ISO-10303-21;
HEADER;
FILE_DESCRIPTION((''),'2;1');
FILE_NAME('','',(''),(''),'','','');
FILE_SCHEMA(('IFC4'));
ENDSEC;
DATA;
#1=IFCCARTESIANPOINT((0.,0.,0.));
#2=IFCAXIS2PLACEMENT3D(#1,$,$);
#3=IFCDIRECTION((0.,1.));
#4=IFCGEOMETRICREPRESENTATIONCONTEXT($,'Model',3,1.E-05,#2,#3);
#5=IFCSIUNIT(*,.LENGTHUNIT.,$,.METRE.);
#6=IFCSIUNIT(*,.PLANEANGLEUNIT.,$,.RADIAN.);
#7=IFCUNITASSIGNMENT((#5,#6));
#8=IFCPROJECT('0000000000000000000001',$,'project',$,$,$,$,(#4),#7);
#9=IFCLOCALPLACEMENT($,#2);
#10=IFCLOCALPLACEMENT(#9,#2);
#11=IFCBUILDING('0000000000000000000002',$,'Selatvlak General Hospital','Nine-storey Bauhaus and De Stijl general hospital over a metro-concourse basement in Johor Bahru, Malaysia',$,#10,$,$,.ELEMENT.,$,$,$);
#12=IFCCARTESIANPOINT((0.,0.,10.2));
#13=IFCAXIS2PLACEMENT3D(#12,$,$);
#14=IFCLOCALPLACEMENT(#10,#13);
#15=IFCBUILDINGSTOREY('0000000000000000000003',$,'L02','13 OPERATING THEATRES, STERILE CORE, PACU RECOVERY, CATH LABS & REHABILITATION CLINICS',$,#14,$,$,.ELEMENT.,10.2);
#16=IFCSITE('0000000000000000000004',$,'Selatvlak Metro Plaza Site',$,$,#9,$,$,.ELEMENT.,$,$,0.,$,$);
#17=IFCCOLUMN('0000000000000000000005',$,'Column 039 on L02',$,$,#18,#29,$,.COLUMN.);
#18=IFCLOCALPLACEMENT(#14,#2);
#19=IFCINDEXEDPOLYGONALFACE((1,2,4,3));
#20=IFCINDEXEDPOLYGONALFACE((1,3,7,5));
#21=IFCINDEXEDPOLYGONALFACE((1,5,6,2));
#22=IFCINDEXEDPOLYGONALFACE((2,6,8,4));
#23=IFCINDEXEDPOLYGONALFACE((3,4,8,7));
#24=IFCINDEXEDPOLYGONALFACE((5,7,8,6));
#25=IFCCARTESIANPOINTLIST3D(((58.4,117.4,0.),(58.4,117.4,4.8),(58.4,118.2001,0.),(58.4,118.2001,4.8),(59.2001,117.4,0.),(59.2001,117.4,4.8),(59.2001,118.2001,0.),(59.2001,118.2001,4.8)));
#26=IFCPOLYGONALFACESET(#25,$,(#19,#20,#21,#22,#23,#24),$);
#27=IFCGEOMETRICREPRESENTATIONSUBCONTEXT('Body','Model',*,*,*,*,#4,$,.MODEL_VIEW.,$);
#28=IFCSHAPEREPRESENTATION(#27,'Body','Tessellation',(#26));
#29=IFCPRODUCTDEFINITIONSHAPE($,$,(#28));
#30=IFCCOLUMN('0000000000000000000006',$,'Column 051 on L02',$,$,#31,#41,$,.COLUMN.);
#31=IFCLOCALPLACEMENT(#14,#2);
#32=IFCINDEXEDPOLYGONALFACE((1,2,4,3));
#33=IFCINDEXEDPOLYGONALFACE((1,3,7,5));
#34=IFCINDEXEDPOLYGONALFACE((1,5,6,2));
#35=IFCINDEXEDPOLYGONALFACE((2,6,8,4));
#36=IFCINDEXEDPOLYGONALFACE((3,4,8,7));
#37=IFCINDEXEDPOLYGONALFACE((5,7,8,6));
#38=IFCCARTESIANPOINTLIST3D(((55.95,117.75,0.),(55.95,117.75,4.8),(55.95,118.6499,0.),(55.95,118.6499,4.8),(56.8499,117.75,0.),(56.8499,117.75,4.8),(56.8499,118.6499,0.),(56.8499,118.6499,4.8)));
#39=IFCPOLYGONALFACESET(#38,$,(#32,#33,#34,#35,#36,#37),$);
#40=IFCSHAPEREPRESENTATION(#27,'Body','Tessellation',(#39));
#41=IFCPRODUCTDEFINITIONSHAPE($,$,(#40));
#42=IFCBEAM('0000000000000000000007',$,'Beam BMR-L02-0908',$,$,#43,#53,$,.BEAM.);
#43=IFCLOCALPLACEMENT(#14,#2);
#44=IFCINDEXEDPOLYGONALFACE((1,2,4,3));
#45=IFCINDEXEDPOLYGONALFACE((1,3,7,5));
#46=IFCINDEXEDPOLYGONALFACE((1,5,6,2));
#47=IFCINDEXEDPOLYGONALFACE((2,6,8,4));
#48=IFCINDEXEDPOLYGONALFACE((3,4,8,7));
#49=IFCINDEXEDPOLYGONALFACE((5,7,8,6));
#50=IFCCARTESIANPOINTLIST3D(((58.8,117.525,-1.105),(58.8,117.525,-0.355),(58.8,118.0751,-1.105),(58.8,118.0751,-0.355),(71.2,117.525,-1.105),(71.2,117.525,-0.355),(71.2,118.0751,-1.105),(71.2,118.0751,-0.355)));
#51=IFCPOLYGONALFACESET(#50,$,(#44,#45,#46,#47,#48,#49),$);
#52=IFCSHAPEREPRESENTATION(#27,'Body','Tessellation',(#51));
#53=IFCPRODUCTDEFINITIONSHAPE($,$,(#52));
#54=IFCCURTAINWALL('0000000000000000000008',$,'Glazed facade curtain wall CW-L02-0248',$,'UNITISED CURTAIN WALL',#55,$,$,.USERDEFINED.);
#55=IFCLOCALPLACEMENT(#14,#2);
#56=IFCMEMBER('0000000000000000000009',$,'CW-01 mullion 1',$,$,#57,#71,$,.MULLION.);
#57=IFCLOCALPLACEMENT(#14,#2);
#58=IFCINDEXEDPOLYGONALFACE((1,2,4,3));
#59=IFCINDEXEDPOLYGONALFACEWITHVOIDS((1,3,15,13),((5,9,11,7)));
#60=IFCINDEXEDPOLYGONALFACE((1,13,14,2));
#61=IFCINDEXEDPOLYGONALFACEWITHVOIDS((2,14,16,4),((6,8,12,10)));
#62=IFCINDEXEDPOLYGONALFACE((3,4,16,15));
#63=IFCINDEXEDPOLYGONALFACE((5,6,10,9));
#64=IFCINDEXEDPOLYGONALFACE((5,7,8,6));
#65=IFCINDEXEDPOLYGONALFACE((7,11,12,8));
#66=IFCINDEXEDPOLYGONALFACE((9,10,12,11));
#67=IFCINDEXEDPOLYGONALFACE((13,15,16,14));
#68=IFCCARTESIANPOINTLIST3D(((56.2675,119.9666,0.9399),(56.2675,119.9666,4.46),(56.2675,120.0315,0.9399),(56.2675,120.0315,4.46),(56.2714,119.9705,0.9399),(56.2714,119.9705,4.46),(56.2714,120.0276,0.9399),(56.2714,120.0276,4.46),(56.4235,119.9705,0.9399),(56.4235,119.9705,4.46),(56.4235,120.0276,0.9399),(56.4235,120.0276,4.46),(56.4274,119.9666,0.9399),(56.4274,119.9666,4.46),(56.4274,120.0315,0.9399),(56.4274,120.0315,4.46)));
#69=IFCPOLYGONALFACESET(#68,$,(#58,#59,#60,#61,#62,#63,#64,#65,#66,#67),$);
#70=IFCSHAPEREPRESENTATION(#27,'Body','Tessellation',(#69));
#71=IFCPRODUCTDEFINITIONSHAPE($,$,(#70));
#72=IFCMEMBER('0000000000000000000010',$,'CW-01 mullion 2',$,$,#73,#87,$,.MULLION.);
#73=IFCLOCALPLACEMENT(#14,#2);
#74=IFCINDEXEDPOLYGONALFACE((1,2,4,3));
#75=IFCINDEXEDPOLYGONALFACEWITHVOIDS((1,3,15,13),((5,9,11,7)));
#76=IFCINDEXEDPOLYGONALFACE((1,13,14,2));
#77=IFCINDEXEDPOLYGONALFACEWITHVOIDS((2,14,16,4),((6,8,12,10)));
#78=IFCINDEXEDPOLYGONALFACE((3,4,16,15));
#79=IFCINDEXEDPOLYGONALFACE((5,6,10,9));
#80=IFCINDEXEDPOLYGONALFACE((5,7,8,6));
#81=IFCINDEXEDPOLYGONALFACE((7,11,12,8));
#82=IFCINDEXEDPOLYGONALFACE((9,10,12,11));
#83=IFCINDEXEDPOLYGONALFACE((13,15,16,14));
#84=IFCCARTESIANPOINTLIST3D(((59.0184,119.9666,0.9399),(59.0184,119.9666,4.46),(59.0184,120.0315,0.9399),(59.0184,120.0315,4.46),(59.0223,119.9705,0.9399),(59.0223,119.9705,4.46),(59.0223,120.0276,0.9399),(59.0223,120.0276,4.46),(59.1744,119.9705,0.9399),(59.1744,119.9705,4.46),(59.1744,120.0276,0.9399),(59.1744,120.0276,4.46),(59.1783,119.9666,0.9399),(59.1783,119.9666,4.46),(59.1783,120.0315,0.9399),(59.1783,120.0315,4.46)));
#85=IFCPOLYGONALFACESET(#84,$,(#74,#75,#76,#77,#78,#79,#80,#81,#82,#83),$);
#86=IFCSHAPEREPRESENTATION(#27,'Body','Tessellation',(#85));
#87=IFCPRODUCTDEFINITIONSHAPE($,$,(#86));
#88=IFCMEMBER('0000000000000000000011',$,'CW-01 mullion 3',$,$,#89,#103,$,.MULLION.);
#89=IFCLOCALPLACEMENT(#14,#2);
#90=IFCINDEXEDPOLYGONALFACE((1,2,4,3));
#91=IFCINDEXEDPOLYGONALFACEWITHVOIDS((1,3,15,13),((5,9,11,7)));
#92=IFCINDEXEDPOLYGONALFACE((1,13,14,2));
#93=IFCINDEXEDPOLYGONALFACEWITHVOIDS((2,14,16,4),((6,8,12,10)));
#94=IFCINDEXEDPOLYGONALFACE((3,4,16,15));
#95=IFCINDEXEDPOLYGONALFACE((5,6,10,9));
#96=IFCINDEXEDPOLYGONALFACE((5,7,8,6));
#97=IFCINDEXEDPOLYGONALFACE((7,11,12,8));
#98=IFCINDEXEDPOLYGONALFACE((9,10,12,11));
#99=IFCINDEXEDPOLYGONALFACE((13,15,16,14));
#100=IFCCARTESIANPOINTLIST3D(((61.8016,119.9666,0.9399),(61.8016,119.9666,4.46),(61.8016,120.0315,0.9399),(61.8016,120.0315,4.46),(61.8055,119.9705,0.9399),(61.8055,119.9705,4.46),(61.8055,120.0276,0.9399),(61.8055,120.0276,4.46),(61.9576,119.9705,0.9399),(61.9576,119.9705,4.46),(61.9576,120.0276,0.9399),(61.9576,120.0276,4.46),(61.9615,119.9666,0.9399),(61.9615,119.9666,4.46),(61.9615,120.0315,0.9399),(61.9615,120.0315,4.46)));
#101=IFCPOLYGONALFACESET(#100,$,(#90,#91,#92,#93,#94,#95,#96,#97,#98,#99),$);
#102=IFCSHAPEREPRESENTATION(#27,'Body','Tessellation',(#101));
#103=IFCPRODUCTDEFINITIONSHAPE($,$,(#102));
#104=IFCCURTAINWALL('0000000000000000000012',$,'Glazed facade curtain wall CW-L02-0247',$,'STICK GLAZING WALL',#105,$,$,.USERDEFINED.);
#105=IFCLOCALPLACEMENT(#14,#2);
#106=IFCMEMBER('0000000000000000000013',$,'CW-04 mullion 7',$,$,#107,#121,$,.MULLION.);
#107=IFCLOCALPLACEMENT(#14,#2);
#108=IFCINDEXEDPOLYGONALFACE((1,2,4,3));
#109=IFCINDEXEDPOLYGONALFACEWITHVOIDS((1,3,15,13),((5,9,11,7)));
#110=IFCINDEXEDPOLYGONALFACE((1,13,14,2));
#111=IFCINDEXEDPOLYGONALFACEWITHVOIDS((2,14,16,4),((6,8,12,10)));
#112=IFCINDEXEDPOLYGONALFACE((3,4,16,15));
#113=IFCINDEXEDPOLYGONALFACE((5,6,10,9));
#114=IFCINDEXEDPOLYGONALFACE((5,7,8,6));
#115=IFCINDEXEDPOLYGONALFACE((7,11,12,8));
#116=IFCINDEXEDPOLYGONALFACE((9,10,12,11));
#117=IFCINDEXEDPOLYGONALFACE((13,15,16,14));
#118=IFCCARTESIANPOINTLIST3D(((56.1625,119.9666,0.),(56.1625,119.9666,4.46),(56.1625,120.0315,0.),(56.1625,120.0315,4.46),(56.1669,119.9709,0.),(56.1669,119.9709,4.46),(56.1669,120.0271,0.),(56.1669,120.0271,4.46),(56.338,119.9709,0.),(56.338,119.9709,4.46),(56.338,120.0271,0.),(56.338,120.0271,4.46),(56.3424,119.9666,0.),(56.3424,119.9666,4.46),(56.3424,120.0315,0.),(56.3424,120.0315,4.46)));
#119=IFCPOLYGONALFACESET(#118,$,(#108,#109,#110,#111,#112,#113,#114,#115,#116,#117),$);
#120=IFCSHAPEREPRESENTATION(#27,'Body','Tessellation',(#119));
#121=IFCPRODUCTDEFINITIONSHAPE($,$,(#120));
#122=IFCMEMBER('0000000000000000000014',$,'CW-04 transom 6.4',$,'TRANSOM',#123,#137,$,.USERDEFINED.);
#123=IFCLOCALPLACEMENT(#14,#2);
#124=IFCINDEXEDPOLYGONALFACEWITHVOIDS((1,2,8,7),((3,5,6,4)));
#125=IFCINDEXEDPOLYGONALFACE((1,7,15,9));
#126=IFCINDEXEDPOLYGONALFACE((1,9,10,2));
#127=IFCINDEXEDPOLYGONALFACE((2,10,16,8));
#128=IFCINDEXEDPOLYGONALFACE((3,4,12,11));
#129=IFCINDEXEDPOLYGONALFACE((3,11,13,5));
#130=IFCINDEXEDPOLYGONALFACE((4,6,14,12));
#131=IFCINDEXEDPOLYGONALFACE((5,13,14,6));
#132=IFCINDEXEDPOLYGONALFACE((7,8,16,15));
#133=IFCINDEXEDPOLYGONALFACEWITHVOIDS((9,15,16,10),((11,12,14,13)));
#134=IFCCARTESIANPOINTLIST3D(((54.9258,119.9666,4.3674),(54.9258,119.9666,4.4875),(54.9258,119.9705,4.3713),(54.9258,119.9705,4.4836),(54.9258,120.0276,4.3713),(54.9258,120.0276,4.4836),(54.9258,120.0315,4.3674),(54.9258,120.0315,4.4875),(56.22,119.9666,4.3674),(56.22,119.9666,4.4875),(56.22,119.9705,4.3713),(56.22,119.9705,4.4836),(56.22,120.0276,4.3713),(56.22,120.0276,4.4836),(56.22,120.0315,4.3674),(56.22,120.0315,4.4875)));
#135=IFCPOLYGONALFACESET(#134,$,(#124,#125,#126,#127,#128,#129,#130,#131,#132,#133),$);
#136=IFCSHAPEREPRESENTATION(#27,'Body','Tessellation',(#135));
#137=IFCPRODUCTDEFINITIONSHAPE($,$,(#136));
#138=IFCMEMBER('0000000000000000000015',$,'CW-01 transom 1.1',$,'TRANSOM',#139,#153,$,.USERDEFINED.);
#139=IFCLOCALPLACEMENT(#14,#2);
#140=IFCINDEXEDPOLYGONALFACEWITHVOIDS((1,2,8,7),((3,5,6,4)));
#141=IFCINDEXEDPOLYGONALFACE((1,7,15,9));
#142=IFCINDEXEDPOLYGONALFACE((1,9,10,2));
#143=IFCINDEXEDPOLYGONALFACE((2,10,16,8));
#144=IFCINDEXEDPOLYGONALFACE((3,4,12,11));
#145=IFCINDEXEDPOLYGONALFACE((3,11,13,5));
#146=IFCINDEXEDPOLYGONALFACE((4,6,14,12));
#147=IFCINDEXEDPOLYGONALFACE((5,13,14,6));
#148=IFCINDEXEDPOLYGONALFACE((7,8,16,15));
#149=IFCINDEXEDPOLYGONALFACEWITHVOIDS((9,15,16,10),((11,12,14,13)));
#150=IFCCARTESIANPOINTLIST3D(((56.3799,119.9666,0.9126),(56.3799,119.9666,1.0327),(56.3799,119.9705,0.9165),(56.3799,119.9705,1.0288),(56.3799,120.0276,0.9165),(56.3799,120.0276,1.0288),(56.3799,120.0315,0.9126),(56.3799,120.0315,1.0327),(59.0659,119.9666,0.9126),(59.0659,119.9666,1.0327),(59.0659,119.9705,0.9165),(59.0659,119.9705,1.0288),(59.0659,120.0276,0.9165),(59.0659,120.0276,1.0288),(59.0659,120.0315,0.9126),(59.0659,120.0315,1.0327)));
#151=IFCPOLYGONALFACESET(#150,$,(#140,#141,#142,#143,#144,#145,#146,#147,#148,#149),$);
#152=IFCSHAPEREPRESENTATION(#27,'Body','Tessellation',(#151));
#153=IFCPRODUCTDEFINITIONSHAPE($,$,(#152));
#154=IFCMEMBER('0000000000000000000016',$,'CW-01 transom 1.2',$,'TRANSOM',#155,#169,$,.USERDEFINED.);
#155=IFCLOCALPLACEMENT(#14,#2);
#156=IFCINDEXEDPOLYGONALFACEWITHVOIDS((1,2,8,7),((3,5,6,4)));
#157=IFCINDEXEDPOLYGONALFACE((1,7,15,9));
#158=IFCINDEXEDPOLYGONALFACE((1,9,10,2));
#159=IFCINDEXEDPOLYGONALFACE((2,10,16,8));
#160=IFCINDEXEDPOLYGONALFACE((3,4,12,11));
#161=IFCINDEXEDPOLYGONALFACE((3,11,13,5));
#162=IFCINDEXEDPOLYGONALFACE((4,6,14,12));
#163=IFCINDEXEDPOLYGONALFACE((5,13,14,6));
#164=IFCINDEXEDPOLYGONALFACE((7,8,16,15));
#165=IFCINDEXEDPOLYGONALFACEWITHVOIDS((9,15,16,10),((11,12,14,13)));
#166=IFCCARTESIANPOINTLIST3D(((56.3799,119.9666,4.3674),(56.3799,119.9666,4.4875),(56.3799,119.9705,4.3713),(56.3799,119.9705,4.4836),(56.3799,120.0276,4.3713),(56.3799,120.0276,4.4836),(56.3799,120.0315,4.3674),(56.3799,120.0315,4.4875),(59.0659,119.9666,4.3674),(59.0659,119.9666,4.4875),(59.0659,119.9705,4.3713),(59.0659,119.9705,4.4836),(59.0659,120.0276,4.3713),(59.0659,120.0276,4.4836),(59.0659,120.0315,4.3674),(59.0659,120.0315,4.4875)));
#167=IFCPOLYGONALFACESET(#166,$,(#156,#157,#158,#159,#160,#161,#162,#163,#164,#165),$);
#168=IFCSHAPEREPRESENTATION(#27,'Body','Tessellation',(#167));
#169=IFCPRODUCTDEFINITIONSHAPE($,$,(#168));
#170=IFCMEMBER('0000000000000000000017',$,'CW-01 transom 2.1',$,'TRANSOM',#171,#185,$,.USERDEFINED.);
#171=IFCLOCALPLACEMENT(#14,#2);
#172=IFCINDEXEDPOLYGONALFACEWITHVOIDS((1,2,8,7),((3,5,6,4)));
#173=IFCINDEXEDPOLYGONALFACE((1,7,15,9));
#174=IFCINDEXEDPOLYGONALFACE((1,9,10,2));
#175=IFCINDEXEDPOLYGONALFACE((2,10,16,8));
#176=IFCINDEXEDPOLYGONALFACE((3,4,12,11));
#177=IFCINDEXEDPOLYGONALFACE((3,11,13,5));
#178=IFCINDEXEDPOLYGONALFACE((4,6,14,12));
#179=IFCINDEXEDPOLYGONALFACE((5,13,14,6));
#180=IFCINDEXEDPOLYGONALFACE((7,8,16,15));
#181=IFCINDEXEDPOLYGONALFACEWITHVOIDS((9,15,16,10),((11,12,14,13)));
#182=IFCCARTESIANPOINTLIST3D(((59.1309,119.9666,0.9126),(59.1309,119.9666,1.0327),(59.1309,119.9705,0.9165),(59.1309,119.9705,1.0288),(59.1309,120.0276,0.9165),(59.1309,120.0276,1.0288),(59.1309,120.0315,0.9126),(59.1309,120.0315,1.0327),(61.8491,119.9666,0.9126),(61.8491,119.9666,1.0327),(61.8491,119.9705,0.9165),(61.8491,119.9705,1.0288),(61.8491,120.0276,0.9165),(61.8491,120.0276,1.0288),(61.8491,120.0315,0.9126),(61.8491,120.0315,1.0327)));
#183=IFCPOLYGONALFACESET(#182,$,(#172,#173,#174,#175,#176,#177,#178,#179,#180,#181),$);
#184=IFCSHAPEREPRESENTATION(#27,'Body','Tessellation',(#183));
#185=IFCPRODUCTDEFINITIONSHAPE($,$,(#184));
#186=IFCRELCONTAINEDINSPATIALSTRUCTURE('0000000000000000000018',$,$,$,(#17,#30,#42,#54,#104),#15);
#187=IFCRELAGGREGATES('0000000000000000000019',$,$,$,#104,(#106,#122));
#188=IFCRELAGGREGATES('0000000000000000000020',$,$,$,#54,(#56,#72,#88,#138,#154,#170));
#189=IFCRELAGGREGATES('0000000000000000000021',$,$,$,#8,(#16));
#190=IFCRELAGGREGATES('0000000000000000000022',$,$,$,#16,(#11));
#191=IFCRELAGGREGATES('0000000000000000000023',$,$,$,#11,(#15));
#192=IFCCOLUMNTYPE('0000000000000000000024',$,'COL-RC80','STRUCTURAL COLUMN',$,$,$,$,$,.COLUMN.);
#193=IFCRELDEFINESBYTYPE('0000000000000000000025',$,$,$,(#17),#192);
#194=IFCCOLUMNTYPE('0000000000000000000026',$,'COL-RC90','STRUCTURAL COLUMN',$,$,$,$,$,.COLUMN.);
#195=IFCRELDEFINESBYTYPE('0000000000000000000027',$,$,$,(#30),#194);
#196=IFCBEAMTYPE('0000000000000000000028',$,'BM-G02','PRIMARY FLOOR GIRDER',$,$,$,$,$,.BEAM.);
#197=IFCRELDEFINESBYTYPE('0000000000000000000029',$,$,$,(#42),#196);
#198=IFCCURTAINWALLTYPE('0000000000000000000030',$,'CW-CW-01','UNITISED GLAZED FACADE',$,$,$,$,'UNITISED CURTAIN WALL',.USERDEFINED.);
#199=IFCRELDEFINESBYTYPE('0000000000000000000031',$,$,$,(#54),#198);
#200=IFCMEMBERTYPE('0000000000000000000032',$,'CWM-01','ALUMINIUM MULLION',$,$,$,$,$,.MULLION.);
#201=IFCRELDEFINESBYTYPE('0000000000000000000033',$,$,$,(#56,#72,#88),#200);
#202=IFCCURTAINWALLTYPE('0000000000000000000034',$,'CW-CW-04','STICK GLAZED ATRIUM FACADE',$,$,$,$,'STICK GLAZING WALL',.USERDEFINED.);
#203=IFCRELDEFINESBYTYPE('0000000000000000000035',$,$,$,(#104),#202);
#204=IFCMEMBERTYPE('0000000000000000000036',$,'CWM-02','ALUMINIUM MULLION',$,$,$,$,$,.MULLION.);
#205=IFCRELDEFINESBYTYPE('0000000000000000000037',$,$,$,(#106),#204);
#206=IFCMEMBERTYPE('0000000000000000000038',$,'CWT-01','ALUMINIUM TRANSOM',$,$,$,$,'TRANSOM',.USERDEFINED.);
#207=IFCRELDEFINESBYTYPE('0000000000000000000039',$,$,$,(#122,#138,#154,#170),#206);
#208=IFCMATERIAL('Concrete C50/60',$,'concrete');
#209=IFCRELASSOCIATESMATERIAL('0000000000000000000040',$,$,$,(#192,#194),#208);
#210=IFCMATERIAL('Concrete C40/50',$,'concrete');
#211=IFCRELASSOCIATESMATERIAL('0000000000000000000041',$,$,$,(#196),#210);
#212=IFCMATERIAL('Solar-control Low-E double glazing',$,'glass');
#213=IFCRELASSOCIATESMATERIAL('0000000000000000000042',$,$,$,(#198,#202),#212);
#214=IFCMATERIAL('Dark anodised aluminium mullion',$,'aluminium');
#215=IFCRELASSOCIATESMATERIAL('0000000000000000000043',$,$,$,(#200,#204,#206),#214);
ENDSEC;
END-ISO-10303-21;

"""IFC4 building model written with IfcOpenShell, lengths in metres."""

from ifc_helpers import new_model, si_unit, direction, frame, origin, origin_2d, place, context, subcontext, project, spatial, rectangle, hollow_rectangle, extrude, material, material_profile, profile_set, type_object, element, aggregate, save


model = new_model("IFC4")

# Units and contexts
model_context = context("Model", 3, precision=1e-05, world=origin(), true_north=direction((0.0, 1.0)))
body_context = subcontext(model_context, "Body", "Model", "MODEL_VIEW")
ifc_project = project(units=[si_unit("LENGTHUNIT", "METRE"), si_unit("PLANEANGLEUNIT", "RADIAN")], contexts=[model_context])

# Site, building, storey
site_placement = place(None, origin())
site = spatial("IfcSite", under=ifc_project, at=site_placement, Name="Selatvlak Metro Plaza Site", CompositionType="ELEMENT", RefElevation=0.0)
building_placement = place(site_placement, origin())
building = spatial("IfcBuilding", under=site, at=building_placement, Name="Selatvlak General Hospital", Description="Nine-storey Bauhaus and De Stijl general hospital over a metro-concourse basement in Johor Bahru, Malaysia", CompositionType="ELEMENT")
storey_placement = place(building_placement, frame((0.0, 0.0, 10.2)))
storey = spatial("IfcBuildingStorey", under=building, at=storey_placement, Name="L02", Description="13 OPERATING THEATRES, STERILE CORE, PACU RECOVERY, CATH LABS & REHABILITATION CLINICS", CompositionType="ELEMENT", Elevation=10.2)

# Columns
ifc_material_1 = material(Name="Concrete C50/60", Category="concrete")
ifc_material_profile_1 = material_profile(ifc_material_1, rectangle(XDim=0.8, YDim=0.8, at=origin_2d()), Name="RC-COL 800x800")
ifc_profile_set_1 = profile_set([ifc_material_profile_1], Name="Concrete C50/60")
column_type_1 = type_object("IfcColumnType", Name="COL-RC80", Description="STRUCTURAL COLUMN", PredefinedType="COLUMN", material=ifc_profile_set_1)
column_1_placement = place(storey_placement, frame((58.8, 117.8, 0.0), z_axis=(0.0, 0.0, 1.0), x_axis=(1.0, 0.0, 0.0)))
element("IfcColumn", 1, at=column_1_placement, inside=storey, type_object=column_type_1, Name="Column 039 on L02", PredefinedType="COLUMN", context=body_context, shape_type="SweptSolid", body=[
    extrude(rectangle(XDim=0.8, YDim=0.8, at=origin_2d()), origin(), (0.0, 0.0, 1.0), 4.8),
])
ifc_material_profile_2 = material_profile(ifc_material_1, rectangle(XDim=0.8999, YDim=0.8999, at=origin_2d()), Name="RC-COL 900x900")
ifc_profile_set_2 = profile_set([ifc_material_profile_2], Name="Concrete C50/60")
column_type_2 = type_object("IfcColumnType", Name="COL-RC90", Description="STRUCTURAL COLUMN", PredefinedType="COLUMN", material=ifc_profile_set_2)
column_2_placement = place(storey_placement, frame((56.3999, 118.2, 0.0), z_axis=(0.0, 0.0, 1.0), x_axis=(1.0, 0.0, 0.0)))
element("IfcColumn", 2, at=column_2_placement, inside=storey, type_object=column_type_2, Name="Column 051 on L02", PredefinedType="COLUMN", context=body_context, shape_type="SweptSolid", body=[
    extrude(rectangle(XDim=0.8999, YDim=0.8999, at=origin_2d()), origin(), (0.0, 0.0, 1.0), 4.8),
])

# Beam
ifc_material_2 = material(Name="Concrete C40/50", Category="concrete")
ifc_material_profile_3 = material_profile(ifc_material_2, rectangle(XDim=0.55, YDim=0.75, at=origin_2d()), Name="RC-BM 550x750")
ifc_profile_set_3 = profile_set([ifc_material_profile_3], Name="Concrete C40/50")
beam_type = type_object("IfcBeamType", Name="BM-G02", Description="PRIMARY FLOOR GIRDER", PredefinedType="BEAM", material=ifc_profile_set_3)
beam_placement = place(storey_placement, frame((58.8, 117.8, -0.73), z_axis=(1.0, 0.0, 0.0), x_axis=(0.0, 1.0, 0.0)))
element("IfcBeam", 3, at=beam_placement, inside=storey, type_object=beam_type, Name="Beam BMR-L02-0908", PredefinedType="BEAM", context=body_context, shape_type="SweptSolid", body=[
    extrude(rectangle(XDim=0.55, YDim=0.75, at=origin_2d()), origin(), (0.0, 0.0, 1.0), 12.3999),
])

# Curtain walls, members
ifc_material_3 = material(Name="Solar-control Low-E double glazing", Category="glass")
curtain_wall_type_1 = type_object("IfcCurtainWallType", Name="CW-CW-01", Description="UNITISED GLAZED FACADE", ElementType="UNITISED CURTAIN WALL", PredefinedType="USERDEFINED", material=ifc_material_3)
curtain_wall_1_placement = place(storey_placement, origin())
curtain_wall_1 = element("IfcCurtainWall", 4, at=curtain_wall_1_placement, inside=storey, type_object=curtain_wall_type_1, Name="Glazed facade curtain wall CW-L02-0248", ObjectType="UNITISED CURTAIN WALL", PredefinedType="USERDEFINED")
ifc_material_4 = material(Name="Dark anodised aluminium mullion", Category="aluminium")
ifc_material_profile_4 = material_profile(ifc_material_4, hollow_rectangle(XDim=0.0649, YDim=0.1599, WallThickness=0.0039, at=origin_2d()), Name="AL-MUL 65x160x4")
ifc_profile_set_4 = profile_set([ifc_material_profile_4], Name="Dark anodised aluminium mullion")
member_type_1 = type_object("IfcMemberType", Name="CWM-01", Description="ALUMINIUM MULLION", PredefinedType="MULLION", material=ifc_profile_set_4)
member_1_placement = place(storey_placement, frame((56.3474, 119.999, 0.9399), z_axis=(0.0, 0.0, 1.0), x_axis=(0.0, 1.0, 0.0)))
member_1 = element("IfcMember", 5, at=member_1_placement, type_object=member_type_1, Name="CW-01 mullion 1", PredefinedType="MULLION", context=body_context, shape_type="SweptSolid", body=[
    extrude(hollow_rectangle(XDim=0.0649, YDim=0.1599, WallThickness=0.0039, at=origin_2d()), origin(), (0.0, 0.0, 1.0), 3.52),
])
member_2_placement = place(storey_placement, frame((59.0984, 119.999, 0.9399), z_axis=(0.0, 0.0, 1.0), x_axis=(0.0, 1.0, 0.0)))
member_2 = element("IfcMember", 6, at=member_2_placement, type_object=member_type_1, Name="CW-01 mullion 2", PredefinedType="MULLION", context=body_context, shape_type="SweptSolid", body=[
    extrude(hollow_rectangle(XDim=0.0649, YDim=0.1599, WallThickness=0.0039, at=origin_2d()), origin(), (0.0, 0.0, 1.0), 3.52),
])
member_3_placement = place(storey_placement, frame((61.8816, 119.999, 0.9399), z_axis=(0.0, 0.0, 1.0), x_axis=(0.0, 1.0, 0.0)))
member_3 = element("IfcMember", 7, at=member_3_placement, type_object=member_type_1, Name="CW-01 mullion 3", PredefinedType="MULLION", context=body_context, shape_type="SweptSolid", body=[
    extrude(hollow_rectangle(XDim=0.0649, YDim=0.1599, WallThickness=0.0039, at=origin_2d()), origin(), (0.0, 0.0, 1.0), 3.52),
])
curtain_wall_type_2 = type_object("IfcCurtainWallType", Name="CW-CW-04", Description="STICK GLAZED ATRIUM FACADE", ElementType="STICK GLAZING WALL", PredefinedType="USERDEFINED", material=ifc_material_3)
curtain_wall_2_placement = place(storey_placement, origin())
curtain_wall_2 = element("IfcCurtainWall", 8, at=curtain_wall_2_placement, inside=storey, type_object=curtain_wall_type_2, Name="Glazed facade curtain wall CW-L02-0247", ObjectType="STICK GLAZING WALL", PredefinedType="USERDEFINED")
ifc_material_profile_5 = material_profile(ifc_material_4, hollow_rectangle(XDim=0.0649, YDim=0.1799, WallThickness=0.0044, at=origin_2d()), Name="AL-MUL 65x180x4.5")
ifc_profile_set_5 = profile_set([ifc_material_profile_5], Name="Dark anodised aluminium mullion")
member_type_2 = type_object("IfcMemberType", Name="CWM-02", Description="ALUMINIUM MULLION", PredefinedType="MULLION", material=ifc_profile_set_5)
member_4_placement = place(storey_placement, frame((56.2524, 119.999, 0.0), z_axis=(0.0, 0.0, 1.0), x_axis=(0.0, 1.0, 0.0)))
member_4 = element("IfcMember", 9, at=member_4_placement, type_object=member_type_2, Name="CW-04 mullion 7", PredefinedType="MULLION", context=body_context, shape_type="SweptSolid", body=[
    extrude(hollow_rectangle(XDim=0.0649, YDim=0.1799, WallThickness=0.0044, at=origin_2d()), origin(), (0.0, 0.0, 1.0), 4.46),
])
ifc_material_profile_6 = material_profile(ifc_material_4, hollow_rectangle(XDim=0.0649, YDim=0.1201, WallThickness=0.0039, at=origin_2d()), Name="AL-TRN 65x120x4")
ifc_profile_set_6 = profile_set([ifc_material_profile_6], Name="Dark anodised aluminium mullion")
member_type_3 = type_object("IfcMemberType", Name="CWT-01", Description="ALUMINIUM TRANSOM", ElementType="TRANSOM", PredefinedType="USERDEFINED", material=ifc_profile_set_6)
member_5_placement = place(storey_placement, frame((54.9258, 119.999, 4.4275), z_axis=(1.0, 0.0, 0.0), x_axis=(0.0, 1.0, 0.0)))
member_5 = element("IfcMember", 10, at=member_5_placement, type_object=member_type_3, Name="CW-04 transom 6.4", ObjectType="TRANSOM", PredefinedType="USERDEFINED", context=body_context, shape_type="SweptSolid", body=[
    extrude(hollow_rectangle(XDim=0.0649, YDim=0.1201, WallThickness=0.0039, at=origin_2d()), origin(), (0.0, 0.0, 1.0), 1.2942),
])

# Members
member_6_placement = place(storey_placement, frame((56.3799, 119.999, 0.9727), z_axis=(1.0, 0.0, 0.0), x_axis=(0.0, 1.0, 0.0)))
member_6 = element("IfcMember", 11, at=member_6_placement, type_object=member_type_3, Name="CW-01 transom 1.1", ObjectType="TRANSOM", PredefinedType="USERDEFINED", context=body_context, shape_type="SweptSolid", body=[
    extrude(hollow_rectangle(XDim=0.0649, YDim=0.1201, WallThickness=0.0039, at=origin_2d()), origin(), (0.0, 0.0, 1.0), 2.686),
])
member_7_placement = place(storey_placement, frame((56.3799, 119.999, 4.4275), z_axis=(1.0, 0.0, 0.0), x_axis=(0.0, 1.0, 0.0)))
member_7 = element("IfcMember", 12, at=member_7_placement, type_object=member_type_3, Name="CW-01 transom 1.2", ObjectType="TRANSOM", PredefinedType="USERDEFINED", context=body_context, shape_type="SweptSolid", body=[
    extrude(hollow_rectangle(XDim=0.0649, YDim=0.1201, WallThickness=0.0039, at=origin_2d()), origin(), (0.0, 0.0, 1.0), 2.686),
])
member_8_placement = place(storey_placement, frame((59.1309, 119.999, 0.9727), z_axis=(1.0, 0.0, 0.0), x_axis=(0.0, 1.0, 0.0)))
member_8 = element("IfcMember", 13, at=member_8_placement, type_object=member_type_3, Name="CW-01 transom 2.1", ObjectType="TRANSOM", PredefinedType="USERDEFINED", context=body_context, shape_type="SweptSolid", body=[
    extrude(hollow_rectangle(XDim=0.0649, YDim=0.1201, WallThickness=0.0039, at=origin_2d()), origin(), (0.0, 0.0, 1.0), 2.7183),
])

aggregate(curtain_wall_2, [member_4, member_5])
aggregate(curtain_wall_1, [member_1, member_2, member_3, member_6, member_7, member_8])

save(model, "model.ifc")
